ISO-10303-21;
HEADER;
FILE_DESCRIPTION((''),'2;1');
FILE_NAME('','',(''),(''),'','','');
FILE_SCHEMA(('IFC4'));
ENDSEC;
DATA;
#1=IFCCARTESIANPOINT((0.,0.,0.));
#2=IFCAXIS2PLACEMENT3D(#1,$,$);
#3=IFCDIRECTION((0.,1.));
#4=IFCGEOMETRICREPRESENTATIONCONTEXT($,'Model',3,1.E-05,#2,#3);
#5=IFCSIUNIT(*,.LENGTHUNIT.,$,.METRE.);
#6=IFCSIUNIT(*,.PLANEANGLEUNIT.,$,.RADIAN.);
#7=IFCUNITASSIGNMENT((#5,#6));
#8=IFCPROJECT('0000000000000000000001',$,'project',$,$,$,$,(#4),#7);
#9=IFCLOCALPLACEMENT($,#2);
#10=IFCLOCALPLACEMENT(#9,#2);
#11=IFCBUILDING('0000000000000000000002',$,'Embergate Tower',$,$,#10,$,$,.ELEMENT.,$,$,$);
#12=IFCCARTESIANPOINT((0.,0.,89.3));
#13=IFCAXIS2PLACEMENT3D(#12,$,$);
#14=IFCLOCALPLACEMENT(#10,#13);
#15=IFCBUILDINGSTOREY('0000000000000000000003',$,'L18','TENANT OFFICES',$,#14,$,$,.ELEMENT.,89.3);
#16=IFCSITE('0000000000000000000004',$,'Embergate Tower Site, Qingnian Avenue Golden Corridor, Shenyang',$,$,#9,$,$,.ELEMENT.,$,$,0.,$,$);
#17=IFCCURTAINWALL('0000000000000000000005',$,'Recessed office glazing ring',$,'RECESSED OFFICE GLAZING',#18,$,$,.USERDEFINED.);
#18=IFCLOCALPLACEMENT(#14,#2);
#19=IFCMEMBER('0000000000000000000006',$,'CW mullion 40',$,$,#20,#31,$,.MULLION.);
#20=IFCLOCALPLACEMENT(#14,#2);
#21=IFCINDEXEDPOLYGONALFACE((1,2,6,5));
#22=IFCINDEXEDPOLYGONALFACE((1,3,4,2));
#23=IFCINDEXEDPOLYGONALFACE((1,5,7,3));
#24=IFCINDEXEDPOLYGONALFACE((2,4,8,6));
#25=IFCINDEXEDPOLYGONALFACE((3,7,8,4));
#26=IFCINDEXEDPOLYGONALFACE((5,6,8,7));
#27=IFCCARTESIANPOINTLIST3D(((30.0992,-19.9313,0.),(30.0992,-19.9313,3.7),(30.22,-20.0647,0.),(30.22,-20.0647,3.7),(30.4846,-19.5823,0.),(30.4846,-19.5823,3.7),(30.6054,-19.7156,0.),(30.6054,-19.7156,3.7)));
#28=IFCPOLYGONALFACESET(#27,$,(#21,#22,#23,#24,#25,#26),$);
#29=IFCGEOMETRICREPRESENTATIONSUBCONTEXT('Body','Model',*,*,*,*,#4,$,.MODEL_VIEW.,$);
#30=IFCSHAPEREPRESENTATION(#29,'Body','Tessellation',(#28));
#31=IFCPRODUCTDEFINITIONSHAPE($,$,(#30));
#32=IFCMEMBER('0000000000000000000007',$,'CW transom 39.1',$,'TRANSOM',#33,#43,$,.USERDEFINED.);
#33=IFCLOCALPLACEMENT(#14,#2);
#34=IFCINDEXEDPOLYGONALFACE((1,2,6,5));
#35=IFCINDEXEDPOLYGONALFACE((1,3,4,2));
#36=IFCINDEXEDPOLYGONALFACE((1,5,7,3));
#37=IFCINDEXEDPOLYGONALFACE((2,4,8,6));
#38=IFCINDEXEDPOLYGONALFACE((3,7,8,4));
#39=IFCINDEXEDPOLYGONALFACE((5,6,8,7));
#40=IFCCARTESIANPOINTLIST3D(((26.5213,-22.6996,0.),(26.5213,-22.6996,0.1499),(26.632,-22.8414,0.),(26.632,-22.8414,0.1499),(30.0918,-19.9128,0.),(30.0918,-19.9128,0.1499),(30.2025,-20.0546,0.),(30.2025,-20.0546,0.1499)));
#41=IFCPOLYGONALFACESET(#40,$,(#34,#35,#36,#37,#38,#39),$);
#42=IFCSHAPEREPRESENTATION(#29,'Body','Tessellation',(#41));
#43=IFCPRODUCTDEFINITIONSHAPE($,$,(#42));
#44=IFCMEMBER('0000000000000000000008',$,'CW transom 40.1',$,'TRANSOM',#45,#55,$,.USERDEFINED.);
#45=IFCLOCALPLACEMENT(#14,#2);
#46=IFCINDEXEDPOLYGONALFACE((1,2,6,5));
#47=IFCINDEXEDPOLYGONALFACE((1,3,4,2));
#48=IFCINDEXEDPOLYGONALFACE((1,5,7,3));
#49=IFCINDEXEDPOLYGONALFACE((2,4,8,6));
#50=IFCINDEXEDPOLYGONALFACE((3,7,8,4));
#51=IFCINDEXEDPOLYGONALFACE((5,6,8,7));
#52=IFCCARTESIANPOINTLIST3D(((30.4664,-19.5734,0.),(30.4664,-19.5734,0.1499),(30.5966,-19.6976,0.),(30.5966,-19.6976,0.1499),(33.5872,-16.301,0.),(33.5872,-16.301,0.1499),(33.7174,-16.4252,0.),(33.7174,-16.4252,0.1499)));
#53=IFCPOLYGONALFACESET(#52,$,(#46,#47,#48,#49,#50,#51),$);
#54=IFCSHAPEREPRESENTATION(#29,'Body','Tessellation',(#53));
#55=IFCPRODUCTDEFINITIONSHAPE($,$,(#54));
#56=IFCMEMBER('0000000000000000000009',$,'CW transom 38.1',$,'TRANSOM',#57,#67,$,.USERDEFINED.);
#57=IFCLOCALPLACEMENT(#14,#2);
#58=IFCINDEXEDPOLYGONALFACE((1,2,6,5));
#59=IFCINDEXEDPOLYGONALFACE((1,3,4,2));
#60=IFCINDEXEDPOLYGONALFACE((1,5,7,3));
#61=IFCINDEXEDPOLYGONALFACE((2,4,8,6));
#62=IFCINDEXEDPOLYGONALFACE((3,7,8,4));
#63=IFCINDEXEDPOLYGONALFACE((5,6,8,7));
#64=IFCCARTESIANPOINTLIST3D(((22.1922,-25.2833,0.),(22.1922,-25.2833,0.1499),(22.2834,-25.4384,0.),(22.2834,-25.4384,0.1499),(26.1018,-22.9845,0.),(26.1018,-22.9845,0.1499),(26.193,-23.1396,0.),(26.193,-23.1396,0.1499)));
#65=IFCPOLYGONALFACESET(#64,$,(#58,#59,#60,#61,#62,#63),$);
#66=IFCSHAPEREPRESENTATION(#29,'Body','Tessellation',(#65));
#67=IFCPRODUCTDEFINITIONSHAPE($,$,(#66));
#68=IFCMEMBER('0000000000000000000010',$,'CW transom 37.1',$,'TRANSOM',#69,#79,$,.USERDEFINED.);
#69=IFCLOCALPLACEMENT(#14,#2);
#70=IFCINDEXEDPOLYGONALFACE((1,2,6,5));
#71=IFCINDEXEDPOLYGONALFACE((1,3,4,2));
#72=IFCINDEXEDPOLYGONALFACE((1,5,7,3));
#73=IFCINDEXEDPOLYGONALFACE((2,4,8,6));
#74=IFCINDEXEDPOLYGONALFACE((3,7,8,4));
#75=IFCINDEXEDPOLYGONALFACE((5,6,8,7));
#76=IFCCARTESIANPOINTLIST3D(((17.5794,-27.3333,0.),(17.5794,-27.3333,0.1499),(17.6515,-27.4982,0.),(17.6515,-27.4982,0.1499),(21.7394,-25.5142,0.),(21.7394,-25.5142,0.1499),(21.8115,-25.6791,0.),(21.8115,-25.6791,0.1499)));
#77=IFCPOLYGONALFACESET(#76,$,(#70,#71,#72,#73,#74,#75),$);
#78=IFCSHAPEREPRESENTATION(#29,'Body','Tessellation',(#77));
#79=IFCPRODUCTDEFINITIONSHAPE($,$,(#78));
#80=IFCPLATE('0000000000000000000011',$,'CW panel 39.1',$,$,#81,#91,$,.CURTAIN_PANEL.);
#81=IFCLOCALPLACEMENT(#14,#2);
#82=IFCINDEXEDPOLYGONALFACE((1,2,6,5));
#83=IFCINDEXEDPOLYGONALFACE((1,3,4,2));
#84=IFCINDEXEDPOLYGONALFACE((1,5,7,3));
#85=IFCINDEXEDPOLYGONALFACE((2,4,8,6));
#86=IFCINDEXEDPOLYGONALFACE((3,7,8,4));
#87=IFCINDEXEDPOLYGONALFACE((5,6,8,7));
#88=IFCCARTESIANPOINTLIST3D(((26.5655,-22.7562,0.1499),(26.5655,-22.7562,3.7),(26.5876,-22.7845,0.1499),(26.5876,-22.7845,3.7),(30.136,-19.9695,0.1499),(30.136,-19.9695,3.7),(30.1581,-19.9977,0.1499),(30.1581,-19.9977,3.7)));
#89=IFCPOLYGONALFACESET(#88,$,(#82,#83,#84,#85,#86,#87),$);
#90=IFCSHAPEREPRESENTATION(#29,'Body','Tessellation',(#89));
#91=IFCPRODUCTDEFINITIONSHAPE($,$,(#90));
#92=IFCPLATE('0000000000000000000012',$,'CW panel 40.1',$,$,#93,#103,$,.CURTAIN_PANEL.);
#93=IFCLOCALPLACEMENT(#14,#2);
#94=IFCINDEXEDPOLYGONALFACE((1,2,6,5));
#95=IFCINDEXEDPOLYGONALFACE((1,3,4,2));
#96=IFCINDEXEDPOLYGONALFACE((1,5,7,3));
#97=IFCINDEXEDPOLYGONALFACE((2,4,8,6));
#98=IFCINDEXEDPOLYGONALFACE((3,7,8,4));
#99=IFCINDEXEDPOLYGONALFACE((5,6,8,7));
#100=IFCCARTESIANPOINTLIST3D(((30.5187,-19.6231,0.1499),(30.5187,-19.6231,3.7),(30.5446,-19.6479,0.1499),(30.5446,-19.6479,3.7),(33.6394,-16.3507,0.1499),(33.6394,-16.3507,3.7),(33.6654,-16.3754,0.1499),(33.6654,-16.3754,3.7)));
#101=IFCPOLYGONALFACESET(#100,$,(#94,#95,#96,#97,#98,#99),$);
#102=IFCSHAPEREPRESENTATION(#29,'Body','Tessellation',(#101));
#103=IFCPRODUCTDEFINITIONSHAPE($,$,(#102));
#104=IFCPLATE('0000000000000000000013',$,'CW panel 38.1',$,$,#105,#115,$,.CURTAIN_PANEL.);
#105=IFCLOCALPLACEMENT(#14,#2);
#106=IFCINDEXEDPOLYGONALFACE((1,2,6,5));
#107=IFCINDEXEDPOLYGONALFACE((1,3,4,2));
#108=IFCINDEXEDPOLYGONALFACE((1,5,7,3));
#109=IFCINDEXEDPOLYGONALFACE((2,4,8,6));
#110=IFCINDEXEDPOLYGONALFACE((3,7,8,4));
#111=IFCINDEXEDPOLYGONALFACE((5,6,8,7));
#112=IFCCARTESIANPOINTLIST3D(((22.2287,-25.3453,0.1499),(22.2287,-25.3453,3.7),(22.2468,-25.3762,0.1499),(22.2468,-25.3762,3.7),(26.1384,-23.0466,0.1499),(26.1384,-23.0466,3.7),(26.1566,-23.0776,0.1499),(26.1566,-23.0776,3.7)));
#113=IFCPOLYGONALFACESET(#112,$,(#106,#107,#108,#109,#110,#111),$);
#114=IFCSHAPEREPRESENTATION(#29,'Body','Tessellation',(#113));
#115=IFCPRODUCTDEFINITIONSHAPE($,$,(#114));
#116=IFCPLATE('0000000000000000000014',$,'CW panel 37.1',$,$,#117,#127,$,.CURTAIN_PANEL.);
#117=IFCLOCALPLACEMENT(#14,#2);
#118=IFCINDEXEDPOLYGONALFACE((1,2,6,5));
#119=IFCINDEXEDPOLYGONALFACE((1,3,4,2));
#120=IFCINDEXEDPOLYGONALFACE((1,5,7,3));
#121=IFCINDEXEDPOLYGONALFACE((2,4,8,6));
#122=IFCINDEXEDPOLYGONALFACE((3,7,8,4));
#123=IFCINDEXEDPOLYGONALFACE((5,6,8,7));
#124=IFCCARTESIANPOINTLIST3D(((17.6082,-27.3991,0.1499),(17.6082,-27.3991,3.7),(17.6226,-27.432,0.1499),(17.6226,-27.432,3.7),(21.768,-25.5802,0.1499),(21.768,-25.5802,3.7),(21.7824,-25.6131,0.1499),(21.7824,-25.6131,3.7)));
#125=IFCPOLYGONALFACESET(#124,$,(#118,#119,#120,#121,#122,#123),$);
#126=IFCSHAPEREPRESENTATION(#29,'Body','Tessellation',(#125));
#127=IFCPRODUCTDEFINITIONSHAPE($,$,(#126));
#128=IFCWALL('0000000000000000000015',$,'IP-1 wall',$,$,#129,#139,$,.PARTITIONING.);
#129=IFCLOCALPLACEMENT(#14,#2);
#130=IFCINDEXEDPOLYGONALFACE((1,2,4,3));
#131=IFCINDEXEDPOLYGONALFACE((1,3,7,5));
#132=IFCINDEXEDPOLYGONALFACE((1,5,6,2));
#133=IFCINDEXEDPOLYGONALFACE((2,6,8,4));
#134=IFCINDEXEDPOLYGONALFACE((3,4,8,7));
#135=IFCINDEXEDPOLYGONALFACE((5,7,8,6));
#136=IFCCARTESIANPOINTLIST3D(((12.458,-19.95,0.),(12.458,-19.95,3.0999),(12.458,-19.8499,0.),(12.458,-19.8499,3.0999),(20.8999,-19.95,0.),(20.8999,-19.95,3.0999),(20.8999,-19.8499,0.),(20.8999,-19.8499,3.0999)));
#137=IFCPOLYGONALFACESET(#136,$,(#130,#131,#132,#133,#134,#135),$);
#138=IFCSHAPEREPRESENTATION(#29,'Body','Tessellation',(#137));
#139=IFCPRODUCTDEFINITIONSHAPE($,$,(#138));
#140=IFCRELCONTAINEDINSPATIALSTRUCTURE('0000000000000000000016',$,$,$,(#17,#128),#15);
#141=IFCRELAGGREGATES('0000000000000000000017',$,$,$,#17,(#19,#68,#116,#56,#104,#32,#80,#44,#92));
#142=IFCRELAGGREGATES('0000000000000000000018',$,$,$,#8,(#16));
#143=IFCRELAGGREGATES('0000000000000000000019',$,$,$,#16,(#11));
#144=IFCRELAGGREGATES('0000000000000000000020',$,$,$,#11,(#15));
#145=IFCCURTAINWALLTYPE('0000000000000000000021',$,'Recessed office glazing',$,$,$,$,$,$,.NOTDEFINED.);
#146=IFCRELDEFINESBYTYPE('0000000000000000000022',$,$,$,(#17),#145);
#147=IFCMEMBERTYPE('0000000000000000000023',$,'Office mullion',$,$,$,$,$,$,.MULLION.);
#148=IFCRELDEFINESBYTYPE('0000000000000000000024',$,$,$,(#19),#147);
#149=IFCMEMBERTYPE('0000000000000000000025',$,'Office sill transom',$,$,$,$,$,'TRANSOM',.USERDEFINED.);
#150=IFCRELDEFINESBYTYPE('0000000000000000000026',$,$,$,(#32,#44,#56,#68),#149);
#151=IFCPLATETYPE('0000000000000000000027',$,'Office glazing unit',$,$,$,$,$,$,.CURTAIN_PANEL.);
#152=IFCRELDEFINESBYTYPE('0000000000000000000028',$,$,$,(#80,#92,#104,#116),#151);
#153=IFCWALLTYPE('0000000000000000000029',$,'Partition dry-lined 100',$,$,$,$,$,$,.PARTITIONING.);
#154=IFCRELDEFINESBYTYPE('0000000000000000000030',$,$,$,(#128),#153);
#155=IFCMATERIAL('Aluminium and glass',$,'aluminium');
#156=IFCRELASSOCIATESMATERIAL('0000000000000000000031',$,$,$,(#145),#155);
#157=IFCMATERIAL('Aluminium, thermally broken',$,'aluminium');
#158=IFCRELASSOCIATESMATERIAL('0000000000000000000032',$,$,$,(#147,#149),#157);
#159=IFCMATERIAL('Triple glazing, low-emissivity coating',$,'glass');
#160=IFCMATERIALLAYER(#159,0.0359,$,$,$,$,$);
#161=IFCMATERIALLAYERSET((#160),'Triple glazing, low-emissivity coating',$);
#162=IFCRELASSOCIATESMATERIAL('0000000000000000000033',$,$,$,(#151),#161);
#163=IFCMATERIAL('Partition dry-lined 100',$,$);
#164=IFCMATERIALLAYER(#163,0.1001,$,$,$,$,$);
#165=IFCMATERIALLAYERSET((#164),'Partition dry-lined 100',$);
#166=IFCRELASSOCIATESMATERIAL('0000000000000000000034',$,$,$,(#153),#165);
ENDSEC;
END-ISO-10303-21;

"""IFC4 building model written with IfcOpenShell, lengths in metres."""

from ifc_helpers import new_model, si_unit, direction, frame, frame_2d, origin, origin_2d, place, context, subcontext, project, spatial, rectangle, extrude, source, transform, mapped, material, layer, layer_set, material_profile, profile_set, type_object, element, aggregate, save


model = new_model("IFC4")

# Units and contexts
model_context = context("Model", 3, precision=1e-05, world=origin(), true_north=direction((0.0, 1.0)))
body_context = subcontext(model_context, "Body", "Model", "MODEL_VIEW")
ifc_project = project(units=[si_unit("LENGTHUNIT", "METRE"), si_unit("PLANEANGLEUNIT", "RADIAN")], contexts=[model_context])

# Site, building, storey
site_placement = place(None, origin())
site = spatial("IfcSite", under=ifc_project, at=site_placement, Name="Embergate Tower Site, Qingnian Avenue Golden Corridor, Shenyang", CompositionType="ELEMENT", RefElevation=0.0)
building_placement = place(site_placement, origin())
building = spatial("IfcBuilding", under=site, at=building_placement, Name="Embergate Tower", CompositionType="ELEMENT")
storey_placement = place(building_placement, frame((0.0, 0.0, 89.3)))
storey = spatial("IfcBuildingStorey", under=building, at=storey_placement, Name="L18", Description="TENANT OFFICES", CompositionType="ELEMENT", Elevation=89.3)

# Curtain wall, members, plates
ifc_material_1 = material(Name="Aluminium and glass", Category="aluminium")
curtain_wall_type = type_object("IfcCurtainWallType", Name="Recessed office glazing", PredefinedType="NOTDEFINED", material=ifc_material_1)
curtain_wall_placement = place(storey_placement, origin())
curtain_wall = element("IfcCurtainWall", 1, at=curtain_wall_placement, inside=storey, type_object=curtain_wall_type, Name="Recessed office glazing ring", ObjectType="RECESSED OFFICE GLAZING", PredefinedType="USERDEFINED")
ifc_material_2 = material(Name="Aluminium, thermally broken", Category="aluminium")
ifc_material_profile_1 = material_profile(ifc_material_2, rectangle(XDim=0.1799, YDim=0.52, at=origin_2d()), Name="AL 520x180")
ifc_profile_set_1 = profile_set([ifc_material_profile_1], Name="Aluminium, thermally broken")
member_type_1 = type_object("IfcMemberType", Name="Office mullion", PredefinedType="MULLION", material=ifc_profile_set_1)
shared_shape_1 = source(origin(), body_context, "Body", "SweptSolid", [
    extrude(rectangle(XDim=0.1799, YDim=0.52, at=origin_2d()), origin(), (0.0, 0.0, 1.0), 3.7),
])
member_1_placement = place(storey_placement, frame((30.3523, -19.8235, 0.0), z_axis=(0.0, 0.0, 1.0), x_axis=(-0.671229, 0.74125, 0.0)))
member_1 = element("IfcMember", 2, at=member_1_placement, type_object=member_type_1, Name="CW mullion 40", PredefinedType="MULLION", context=body_context, shape_type="MappedRepresentation", body=[
    mapped(shared_shape_1, transform((0.0, 0.0, 0.0))),
])
ifc_material_profile_2 = material_profile(ifc_material_2, rectangle(XDim=0.1799, YDim=0.1499, at=origin_2d()), Name="AL 150x180")
ifc_profile_set_2 = profile_set([ifc_material_profile_2], Name="Aluminium, thermally broken")
member_type_2 = type_object("IfcMemberType", Name="Office sill transom", ElementType="TRANSOM", PredefinedType="USERDEFINED", material=ifc_profile_set_2)
shared_shape_2 = source(origin(), body_context, "Body", "SweptSolid", [
    extrude(rectangle(XDim=0.1799, YDim=0.1499, at=origin_2d()), origin(), (0.0, 0.0, 1.0), 4.5293),
])
member_2_placement = place(storey_placement, frame((26.5767, -22.7705, 0.075), z_axis=(0.788306, 0.615283, 0.0), x_axis=(-0.615283, 0.788306, 0.0)))
member_2 = element("IfcMember", 3, at=member_2_placement, type_object=member_type_2, Name="CW transom 39.1", ObjectType="TRANSOM", PredefinedType="USERDEFINED", context=body_context, shape_type="MappedRepresentation", body=[
    mapped(shared_shape_2, transform((0.0, 0.0, 0.0))),
])
shared_shape_3 = source(origin(), body_context, "Body", "SweptSolid", [
    extrude(rectangle(XDim=0.1799, YDim=0.1499, at=origin_2d()), origin(), (0.0, 0.0, 1.0), 4.522),
])
member_3_placement = place(storey_placement, frame((30.5315, -19.6355, 0.075), z_axis=(0.690144, 0.723672, 0.0), x_axis=(-0.723672, 0.690144, 0.0)))
member_3 = element("IfcMember", 4, at=member_3_placement, type_object=member_type_2, Name="CW transom 40.1", ObjectType="TRANSOM", PredefinedType="USERDEFINED", context=body_context, shape_type="MappedRepresentation", body=[
    mapped(shared_shape_3, transform((0.0, 0.0, 0.0))),
])
shared_shape_4 = source(origin(), body_context, "Body", "SweptSolid", [
    extrude(rectangle(XDim=0.1799, YDim=0.1499, at=origin_2d()), origin(), (0.0, 0.0, 1.0), 4.5354),
])
member_4_placement = place(storey_placement, frame((22.2378, -25.3608, 0.075), z_axis=(0.862028, 0.50686, 0.0), x_axis=(-0.50686, 0.862028, 0.0)))
member_4 = element("IfcMember", 5, at=member_4_placement, type_object=member_type_2, Name="CW transom 38.1", ObjectType="TRANSOM", PredefinedType="USERDEFINED", context=body_context, shape_type="MappedRepresentation", body=[
    mapped(shared_shape_4, transform((0.0, 0.0, 0.0))),
])
shared_shape_5 = source(origin(), body_context, "Body", "SweptSolid", [
    extrude(rectangle(XDim=0.1799, YDim=0.1499, at=origin_2d()), origin(), (0.0, 0.0, 1.0), 4.5403),
])
member_5_placement = place(storey_placement, frame((17.6155, -27.4158, 0.075), z_axis=(0.916228, 0.400658, 0.0), x_axis=(-0.400658, 0.916228, 0.0)))
member_5 = element("IfcMember", 6, at=member_5_placement, type_object=member_type_2, Name="CW transom 37.1", ObjectType="TRANSOM", PredefinedType="USERDEFINED", context=body_context, shape_type="MappedRepresentation", body=[
    mapped(shared_shape_5, transform((0.0, 0.0, 0.0))),
])
ifc_material_3 = material(Name="Triple glazing, low-emissivity coating", Category="glass")
ifc_layer_1 = layer(ifc_material_3, 0.0359)
ifc_layer_set_1 = layer_set([ifc_layer_1], Name="Triple glazing, low-emissivity coating")
plate_type = type_object("IfcPlateType", Name="Office glazing unit", PredefinedType="CURTAIN_PANEL", material=ifc_layer_set_1)
shared_shape_6 = source(origin(), body_context, "Body", "SweptSolid", [
    extrude(rectangle(XDim=4.5293, YDim=0.0359, at=origin_2d()), origin(), (0.0, 0.0, 1.0), 3.55),
])
plate_1_placement = place(storey_placement, frame((28.3618, -21.377, 0.1499), z_axis=(0.0, 0.0, 1.0), x_axis=(0.788321, 0.615264, 0.0)))
plate_1 = element("IfcPlate", 7, at=plate_1_placement, type_object=plate_type, Name="CW panel 39.1", PredefinedType="CURTAIN_PANEL", context=body_context, shape_type="MappedRepresentation", body=[
    mapped(shared_shape_6, transform((0.0, 0.0, 0.0))),
])
shared_shape_7 = source(origin(), body_context, "Body", "SweptSolid", [
    extrude(rectangle(XDim=4.522, YDim=0.0359, at=origin_2d()), origin(), (0.0, 0.0, 1.0), 3.55),
])
plate_2_placement = place(storey_placement, frame((32.092, -17.9993, 0.1499), z_axis=(0.0, 0.0, 1.0), x_axis=(0.690135, 0.723681, 0.0)))
plate_2 = element("IfcPlate", 8, at=plate_2_placement, type_object=plate_type, Name="CW panel 40.1", PredefinedType="CURTAIN_PANEL", context=body_context, shape_type="MappedRepresentation", body=[
    mapped(shared_shape_7, transform((0.0, 0.0, 0.0))),
])
shared_shape_8 = source(origin(), body_context, "Body", "SweptSolid", [
    extrude(rectangle(XDim=4.5354, YDim=0.0359, at=origin_2d()), origin(), (0.0, 0.0, 1.0), 3.55),
])
plate_3_placement = place(storey_placement, frame((24.1926, -24.2114, 0.1499), z_axis=(0.0, 0.0, 1.0), x_axis=(0.862053, 0.506818, 0.0)))
plate_3 = element("IfcPlate", 9, at=plate_3_placement, type_object=plate_type, Name="CW panel 38.1", PredefinedType="CURTAIN_PANEL", context=body_context, shape_type="MappedRepresentation", body=[
    mapped(shared_shape_8, transform((0.0, 0.0, 0.0))),
])
shared_shape_9 = source(origin(), body_context, "Body", "SweptSolid", [
    extrude(rectangle(XDim=4.54, YDim=0.0359, at=origin_2d()), origin(), (0.0, 0.0, 1.0), 3.55),
])
plate_4_placement = place(storey_placement, frame((19.6953, -26.5061, 0.1499), z_axis=(0.0, 0.0, 1.0), x_axis=(0.916236, 0.400638, 0.0)))
plate_4 = element("IfcPlate", 10, at=plate_4_placement, type_object=plate_type, Name="CW panel 37.1", PredefinedType="CURTAIN_PANEL", context=body_context, shape_type="MappedRepresentation", body=[
    mapped(shared_shape_9, transform((0.0, 0.0, 0.0))),
])
aggregate(curtain_wall, [member_1, member_5, plate_4, member_4, plate_3, member_2, plate_1, member_3, plate_2])

# Wall
ifc_material_4 = material(Name="Partition dry-lined 100")
ifc_layer_2 = layer(ifc_material_4, 0.1001)
ifc_layer_set_2 = layer_set([ifc_layer_2], Name="Partition dry-lined 100")
wall_type = type_object("IfcWallType", Name="Partition dry-lined 100", PredefinedType="PARTITIONING", material=ifc_layer_set_2)
shared_shape_10 = source(origin(), body_context, "Body", "SweptSolid", [
    extrude(rectangle(XDim=8.4419, YDim=0.1001, at=frame_2d((4.2209, 0.0))), origin(), (0.0, 0.0, 1.0), 3.0999),
])
wall_placement = place(storey_placement, frame((20.8999, -19.8999, 0.0), z_axis=(0.0, 0.0, 1.0), x_axis=(-1.0, 0.0, 0.0)))
element("IfcWall", 11, at=wall_placement, inside=storey, type_object=wall_type, Name="IP-1 wall", PredefinedType="PARTITIONING", context=body_context, shape_type="MappedRepresentation", body=[
    mapped(shared_shape_10, transform((0.0, 0.0, 0.0))),
])

save(model, "model.ifc")
